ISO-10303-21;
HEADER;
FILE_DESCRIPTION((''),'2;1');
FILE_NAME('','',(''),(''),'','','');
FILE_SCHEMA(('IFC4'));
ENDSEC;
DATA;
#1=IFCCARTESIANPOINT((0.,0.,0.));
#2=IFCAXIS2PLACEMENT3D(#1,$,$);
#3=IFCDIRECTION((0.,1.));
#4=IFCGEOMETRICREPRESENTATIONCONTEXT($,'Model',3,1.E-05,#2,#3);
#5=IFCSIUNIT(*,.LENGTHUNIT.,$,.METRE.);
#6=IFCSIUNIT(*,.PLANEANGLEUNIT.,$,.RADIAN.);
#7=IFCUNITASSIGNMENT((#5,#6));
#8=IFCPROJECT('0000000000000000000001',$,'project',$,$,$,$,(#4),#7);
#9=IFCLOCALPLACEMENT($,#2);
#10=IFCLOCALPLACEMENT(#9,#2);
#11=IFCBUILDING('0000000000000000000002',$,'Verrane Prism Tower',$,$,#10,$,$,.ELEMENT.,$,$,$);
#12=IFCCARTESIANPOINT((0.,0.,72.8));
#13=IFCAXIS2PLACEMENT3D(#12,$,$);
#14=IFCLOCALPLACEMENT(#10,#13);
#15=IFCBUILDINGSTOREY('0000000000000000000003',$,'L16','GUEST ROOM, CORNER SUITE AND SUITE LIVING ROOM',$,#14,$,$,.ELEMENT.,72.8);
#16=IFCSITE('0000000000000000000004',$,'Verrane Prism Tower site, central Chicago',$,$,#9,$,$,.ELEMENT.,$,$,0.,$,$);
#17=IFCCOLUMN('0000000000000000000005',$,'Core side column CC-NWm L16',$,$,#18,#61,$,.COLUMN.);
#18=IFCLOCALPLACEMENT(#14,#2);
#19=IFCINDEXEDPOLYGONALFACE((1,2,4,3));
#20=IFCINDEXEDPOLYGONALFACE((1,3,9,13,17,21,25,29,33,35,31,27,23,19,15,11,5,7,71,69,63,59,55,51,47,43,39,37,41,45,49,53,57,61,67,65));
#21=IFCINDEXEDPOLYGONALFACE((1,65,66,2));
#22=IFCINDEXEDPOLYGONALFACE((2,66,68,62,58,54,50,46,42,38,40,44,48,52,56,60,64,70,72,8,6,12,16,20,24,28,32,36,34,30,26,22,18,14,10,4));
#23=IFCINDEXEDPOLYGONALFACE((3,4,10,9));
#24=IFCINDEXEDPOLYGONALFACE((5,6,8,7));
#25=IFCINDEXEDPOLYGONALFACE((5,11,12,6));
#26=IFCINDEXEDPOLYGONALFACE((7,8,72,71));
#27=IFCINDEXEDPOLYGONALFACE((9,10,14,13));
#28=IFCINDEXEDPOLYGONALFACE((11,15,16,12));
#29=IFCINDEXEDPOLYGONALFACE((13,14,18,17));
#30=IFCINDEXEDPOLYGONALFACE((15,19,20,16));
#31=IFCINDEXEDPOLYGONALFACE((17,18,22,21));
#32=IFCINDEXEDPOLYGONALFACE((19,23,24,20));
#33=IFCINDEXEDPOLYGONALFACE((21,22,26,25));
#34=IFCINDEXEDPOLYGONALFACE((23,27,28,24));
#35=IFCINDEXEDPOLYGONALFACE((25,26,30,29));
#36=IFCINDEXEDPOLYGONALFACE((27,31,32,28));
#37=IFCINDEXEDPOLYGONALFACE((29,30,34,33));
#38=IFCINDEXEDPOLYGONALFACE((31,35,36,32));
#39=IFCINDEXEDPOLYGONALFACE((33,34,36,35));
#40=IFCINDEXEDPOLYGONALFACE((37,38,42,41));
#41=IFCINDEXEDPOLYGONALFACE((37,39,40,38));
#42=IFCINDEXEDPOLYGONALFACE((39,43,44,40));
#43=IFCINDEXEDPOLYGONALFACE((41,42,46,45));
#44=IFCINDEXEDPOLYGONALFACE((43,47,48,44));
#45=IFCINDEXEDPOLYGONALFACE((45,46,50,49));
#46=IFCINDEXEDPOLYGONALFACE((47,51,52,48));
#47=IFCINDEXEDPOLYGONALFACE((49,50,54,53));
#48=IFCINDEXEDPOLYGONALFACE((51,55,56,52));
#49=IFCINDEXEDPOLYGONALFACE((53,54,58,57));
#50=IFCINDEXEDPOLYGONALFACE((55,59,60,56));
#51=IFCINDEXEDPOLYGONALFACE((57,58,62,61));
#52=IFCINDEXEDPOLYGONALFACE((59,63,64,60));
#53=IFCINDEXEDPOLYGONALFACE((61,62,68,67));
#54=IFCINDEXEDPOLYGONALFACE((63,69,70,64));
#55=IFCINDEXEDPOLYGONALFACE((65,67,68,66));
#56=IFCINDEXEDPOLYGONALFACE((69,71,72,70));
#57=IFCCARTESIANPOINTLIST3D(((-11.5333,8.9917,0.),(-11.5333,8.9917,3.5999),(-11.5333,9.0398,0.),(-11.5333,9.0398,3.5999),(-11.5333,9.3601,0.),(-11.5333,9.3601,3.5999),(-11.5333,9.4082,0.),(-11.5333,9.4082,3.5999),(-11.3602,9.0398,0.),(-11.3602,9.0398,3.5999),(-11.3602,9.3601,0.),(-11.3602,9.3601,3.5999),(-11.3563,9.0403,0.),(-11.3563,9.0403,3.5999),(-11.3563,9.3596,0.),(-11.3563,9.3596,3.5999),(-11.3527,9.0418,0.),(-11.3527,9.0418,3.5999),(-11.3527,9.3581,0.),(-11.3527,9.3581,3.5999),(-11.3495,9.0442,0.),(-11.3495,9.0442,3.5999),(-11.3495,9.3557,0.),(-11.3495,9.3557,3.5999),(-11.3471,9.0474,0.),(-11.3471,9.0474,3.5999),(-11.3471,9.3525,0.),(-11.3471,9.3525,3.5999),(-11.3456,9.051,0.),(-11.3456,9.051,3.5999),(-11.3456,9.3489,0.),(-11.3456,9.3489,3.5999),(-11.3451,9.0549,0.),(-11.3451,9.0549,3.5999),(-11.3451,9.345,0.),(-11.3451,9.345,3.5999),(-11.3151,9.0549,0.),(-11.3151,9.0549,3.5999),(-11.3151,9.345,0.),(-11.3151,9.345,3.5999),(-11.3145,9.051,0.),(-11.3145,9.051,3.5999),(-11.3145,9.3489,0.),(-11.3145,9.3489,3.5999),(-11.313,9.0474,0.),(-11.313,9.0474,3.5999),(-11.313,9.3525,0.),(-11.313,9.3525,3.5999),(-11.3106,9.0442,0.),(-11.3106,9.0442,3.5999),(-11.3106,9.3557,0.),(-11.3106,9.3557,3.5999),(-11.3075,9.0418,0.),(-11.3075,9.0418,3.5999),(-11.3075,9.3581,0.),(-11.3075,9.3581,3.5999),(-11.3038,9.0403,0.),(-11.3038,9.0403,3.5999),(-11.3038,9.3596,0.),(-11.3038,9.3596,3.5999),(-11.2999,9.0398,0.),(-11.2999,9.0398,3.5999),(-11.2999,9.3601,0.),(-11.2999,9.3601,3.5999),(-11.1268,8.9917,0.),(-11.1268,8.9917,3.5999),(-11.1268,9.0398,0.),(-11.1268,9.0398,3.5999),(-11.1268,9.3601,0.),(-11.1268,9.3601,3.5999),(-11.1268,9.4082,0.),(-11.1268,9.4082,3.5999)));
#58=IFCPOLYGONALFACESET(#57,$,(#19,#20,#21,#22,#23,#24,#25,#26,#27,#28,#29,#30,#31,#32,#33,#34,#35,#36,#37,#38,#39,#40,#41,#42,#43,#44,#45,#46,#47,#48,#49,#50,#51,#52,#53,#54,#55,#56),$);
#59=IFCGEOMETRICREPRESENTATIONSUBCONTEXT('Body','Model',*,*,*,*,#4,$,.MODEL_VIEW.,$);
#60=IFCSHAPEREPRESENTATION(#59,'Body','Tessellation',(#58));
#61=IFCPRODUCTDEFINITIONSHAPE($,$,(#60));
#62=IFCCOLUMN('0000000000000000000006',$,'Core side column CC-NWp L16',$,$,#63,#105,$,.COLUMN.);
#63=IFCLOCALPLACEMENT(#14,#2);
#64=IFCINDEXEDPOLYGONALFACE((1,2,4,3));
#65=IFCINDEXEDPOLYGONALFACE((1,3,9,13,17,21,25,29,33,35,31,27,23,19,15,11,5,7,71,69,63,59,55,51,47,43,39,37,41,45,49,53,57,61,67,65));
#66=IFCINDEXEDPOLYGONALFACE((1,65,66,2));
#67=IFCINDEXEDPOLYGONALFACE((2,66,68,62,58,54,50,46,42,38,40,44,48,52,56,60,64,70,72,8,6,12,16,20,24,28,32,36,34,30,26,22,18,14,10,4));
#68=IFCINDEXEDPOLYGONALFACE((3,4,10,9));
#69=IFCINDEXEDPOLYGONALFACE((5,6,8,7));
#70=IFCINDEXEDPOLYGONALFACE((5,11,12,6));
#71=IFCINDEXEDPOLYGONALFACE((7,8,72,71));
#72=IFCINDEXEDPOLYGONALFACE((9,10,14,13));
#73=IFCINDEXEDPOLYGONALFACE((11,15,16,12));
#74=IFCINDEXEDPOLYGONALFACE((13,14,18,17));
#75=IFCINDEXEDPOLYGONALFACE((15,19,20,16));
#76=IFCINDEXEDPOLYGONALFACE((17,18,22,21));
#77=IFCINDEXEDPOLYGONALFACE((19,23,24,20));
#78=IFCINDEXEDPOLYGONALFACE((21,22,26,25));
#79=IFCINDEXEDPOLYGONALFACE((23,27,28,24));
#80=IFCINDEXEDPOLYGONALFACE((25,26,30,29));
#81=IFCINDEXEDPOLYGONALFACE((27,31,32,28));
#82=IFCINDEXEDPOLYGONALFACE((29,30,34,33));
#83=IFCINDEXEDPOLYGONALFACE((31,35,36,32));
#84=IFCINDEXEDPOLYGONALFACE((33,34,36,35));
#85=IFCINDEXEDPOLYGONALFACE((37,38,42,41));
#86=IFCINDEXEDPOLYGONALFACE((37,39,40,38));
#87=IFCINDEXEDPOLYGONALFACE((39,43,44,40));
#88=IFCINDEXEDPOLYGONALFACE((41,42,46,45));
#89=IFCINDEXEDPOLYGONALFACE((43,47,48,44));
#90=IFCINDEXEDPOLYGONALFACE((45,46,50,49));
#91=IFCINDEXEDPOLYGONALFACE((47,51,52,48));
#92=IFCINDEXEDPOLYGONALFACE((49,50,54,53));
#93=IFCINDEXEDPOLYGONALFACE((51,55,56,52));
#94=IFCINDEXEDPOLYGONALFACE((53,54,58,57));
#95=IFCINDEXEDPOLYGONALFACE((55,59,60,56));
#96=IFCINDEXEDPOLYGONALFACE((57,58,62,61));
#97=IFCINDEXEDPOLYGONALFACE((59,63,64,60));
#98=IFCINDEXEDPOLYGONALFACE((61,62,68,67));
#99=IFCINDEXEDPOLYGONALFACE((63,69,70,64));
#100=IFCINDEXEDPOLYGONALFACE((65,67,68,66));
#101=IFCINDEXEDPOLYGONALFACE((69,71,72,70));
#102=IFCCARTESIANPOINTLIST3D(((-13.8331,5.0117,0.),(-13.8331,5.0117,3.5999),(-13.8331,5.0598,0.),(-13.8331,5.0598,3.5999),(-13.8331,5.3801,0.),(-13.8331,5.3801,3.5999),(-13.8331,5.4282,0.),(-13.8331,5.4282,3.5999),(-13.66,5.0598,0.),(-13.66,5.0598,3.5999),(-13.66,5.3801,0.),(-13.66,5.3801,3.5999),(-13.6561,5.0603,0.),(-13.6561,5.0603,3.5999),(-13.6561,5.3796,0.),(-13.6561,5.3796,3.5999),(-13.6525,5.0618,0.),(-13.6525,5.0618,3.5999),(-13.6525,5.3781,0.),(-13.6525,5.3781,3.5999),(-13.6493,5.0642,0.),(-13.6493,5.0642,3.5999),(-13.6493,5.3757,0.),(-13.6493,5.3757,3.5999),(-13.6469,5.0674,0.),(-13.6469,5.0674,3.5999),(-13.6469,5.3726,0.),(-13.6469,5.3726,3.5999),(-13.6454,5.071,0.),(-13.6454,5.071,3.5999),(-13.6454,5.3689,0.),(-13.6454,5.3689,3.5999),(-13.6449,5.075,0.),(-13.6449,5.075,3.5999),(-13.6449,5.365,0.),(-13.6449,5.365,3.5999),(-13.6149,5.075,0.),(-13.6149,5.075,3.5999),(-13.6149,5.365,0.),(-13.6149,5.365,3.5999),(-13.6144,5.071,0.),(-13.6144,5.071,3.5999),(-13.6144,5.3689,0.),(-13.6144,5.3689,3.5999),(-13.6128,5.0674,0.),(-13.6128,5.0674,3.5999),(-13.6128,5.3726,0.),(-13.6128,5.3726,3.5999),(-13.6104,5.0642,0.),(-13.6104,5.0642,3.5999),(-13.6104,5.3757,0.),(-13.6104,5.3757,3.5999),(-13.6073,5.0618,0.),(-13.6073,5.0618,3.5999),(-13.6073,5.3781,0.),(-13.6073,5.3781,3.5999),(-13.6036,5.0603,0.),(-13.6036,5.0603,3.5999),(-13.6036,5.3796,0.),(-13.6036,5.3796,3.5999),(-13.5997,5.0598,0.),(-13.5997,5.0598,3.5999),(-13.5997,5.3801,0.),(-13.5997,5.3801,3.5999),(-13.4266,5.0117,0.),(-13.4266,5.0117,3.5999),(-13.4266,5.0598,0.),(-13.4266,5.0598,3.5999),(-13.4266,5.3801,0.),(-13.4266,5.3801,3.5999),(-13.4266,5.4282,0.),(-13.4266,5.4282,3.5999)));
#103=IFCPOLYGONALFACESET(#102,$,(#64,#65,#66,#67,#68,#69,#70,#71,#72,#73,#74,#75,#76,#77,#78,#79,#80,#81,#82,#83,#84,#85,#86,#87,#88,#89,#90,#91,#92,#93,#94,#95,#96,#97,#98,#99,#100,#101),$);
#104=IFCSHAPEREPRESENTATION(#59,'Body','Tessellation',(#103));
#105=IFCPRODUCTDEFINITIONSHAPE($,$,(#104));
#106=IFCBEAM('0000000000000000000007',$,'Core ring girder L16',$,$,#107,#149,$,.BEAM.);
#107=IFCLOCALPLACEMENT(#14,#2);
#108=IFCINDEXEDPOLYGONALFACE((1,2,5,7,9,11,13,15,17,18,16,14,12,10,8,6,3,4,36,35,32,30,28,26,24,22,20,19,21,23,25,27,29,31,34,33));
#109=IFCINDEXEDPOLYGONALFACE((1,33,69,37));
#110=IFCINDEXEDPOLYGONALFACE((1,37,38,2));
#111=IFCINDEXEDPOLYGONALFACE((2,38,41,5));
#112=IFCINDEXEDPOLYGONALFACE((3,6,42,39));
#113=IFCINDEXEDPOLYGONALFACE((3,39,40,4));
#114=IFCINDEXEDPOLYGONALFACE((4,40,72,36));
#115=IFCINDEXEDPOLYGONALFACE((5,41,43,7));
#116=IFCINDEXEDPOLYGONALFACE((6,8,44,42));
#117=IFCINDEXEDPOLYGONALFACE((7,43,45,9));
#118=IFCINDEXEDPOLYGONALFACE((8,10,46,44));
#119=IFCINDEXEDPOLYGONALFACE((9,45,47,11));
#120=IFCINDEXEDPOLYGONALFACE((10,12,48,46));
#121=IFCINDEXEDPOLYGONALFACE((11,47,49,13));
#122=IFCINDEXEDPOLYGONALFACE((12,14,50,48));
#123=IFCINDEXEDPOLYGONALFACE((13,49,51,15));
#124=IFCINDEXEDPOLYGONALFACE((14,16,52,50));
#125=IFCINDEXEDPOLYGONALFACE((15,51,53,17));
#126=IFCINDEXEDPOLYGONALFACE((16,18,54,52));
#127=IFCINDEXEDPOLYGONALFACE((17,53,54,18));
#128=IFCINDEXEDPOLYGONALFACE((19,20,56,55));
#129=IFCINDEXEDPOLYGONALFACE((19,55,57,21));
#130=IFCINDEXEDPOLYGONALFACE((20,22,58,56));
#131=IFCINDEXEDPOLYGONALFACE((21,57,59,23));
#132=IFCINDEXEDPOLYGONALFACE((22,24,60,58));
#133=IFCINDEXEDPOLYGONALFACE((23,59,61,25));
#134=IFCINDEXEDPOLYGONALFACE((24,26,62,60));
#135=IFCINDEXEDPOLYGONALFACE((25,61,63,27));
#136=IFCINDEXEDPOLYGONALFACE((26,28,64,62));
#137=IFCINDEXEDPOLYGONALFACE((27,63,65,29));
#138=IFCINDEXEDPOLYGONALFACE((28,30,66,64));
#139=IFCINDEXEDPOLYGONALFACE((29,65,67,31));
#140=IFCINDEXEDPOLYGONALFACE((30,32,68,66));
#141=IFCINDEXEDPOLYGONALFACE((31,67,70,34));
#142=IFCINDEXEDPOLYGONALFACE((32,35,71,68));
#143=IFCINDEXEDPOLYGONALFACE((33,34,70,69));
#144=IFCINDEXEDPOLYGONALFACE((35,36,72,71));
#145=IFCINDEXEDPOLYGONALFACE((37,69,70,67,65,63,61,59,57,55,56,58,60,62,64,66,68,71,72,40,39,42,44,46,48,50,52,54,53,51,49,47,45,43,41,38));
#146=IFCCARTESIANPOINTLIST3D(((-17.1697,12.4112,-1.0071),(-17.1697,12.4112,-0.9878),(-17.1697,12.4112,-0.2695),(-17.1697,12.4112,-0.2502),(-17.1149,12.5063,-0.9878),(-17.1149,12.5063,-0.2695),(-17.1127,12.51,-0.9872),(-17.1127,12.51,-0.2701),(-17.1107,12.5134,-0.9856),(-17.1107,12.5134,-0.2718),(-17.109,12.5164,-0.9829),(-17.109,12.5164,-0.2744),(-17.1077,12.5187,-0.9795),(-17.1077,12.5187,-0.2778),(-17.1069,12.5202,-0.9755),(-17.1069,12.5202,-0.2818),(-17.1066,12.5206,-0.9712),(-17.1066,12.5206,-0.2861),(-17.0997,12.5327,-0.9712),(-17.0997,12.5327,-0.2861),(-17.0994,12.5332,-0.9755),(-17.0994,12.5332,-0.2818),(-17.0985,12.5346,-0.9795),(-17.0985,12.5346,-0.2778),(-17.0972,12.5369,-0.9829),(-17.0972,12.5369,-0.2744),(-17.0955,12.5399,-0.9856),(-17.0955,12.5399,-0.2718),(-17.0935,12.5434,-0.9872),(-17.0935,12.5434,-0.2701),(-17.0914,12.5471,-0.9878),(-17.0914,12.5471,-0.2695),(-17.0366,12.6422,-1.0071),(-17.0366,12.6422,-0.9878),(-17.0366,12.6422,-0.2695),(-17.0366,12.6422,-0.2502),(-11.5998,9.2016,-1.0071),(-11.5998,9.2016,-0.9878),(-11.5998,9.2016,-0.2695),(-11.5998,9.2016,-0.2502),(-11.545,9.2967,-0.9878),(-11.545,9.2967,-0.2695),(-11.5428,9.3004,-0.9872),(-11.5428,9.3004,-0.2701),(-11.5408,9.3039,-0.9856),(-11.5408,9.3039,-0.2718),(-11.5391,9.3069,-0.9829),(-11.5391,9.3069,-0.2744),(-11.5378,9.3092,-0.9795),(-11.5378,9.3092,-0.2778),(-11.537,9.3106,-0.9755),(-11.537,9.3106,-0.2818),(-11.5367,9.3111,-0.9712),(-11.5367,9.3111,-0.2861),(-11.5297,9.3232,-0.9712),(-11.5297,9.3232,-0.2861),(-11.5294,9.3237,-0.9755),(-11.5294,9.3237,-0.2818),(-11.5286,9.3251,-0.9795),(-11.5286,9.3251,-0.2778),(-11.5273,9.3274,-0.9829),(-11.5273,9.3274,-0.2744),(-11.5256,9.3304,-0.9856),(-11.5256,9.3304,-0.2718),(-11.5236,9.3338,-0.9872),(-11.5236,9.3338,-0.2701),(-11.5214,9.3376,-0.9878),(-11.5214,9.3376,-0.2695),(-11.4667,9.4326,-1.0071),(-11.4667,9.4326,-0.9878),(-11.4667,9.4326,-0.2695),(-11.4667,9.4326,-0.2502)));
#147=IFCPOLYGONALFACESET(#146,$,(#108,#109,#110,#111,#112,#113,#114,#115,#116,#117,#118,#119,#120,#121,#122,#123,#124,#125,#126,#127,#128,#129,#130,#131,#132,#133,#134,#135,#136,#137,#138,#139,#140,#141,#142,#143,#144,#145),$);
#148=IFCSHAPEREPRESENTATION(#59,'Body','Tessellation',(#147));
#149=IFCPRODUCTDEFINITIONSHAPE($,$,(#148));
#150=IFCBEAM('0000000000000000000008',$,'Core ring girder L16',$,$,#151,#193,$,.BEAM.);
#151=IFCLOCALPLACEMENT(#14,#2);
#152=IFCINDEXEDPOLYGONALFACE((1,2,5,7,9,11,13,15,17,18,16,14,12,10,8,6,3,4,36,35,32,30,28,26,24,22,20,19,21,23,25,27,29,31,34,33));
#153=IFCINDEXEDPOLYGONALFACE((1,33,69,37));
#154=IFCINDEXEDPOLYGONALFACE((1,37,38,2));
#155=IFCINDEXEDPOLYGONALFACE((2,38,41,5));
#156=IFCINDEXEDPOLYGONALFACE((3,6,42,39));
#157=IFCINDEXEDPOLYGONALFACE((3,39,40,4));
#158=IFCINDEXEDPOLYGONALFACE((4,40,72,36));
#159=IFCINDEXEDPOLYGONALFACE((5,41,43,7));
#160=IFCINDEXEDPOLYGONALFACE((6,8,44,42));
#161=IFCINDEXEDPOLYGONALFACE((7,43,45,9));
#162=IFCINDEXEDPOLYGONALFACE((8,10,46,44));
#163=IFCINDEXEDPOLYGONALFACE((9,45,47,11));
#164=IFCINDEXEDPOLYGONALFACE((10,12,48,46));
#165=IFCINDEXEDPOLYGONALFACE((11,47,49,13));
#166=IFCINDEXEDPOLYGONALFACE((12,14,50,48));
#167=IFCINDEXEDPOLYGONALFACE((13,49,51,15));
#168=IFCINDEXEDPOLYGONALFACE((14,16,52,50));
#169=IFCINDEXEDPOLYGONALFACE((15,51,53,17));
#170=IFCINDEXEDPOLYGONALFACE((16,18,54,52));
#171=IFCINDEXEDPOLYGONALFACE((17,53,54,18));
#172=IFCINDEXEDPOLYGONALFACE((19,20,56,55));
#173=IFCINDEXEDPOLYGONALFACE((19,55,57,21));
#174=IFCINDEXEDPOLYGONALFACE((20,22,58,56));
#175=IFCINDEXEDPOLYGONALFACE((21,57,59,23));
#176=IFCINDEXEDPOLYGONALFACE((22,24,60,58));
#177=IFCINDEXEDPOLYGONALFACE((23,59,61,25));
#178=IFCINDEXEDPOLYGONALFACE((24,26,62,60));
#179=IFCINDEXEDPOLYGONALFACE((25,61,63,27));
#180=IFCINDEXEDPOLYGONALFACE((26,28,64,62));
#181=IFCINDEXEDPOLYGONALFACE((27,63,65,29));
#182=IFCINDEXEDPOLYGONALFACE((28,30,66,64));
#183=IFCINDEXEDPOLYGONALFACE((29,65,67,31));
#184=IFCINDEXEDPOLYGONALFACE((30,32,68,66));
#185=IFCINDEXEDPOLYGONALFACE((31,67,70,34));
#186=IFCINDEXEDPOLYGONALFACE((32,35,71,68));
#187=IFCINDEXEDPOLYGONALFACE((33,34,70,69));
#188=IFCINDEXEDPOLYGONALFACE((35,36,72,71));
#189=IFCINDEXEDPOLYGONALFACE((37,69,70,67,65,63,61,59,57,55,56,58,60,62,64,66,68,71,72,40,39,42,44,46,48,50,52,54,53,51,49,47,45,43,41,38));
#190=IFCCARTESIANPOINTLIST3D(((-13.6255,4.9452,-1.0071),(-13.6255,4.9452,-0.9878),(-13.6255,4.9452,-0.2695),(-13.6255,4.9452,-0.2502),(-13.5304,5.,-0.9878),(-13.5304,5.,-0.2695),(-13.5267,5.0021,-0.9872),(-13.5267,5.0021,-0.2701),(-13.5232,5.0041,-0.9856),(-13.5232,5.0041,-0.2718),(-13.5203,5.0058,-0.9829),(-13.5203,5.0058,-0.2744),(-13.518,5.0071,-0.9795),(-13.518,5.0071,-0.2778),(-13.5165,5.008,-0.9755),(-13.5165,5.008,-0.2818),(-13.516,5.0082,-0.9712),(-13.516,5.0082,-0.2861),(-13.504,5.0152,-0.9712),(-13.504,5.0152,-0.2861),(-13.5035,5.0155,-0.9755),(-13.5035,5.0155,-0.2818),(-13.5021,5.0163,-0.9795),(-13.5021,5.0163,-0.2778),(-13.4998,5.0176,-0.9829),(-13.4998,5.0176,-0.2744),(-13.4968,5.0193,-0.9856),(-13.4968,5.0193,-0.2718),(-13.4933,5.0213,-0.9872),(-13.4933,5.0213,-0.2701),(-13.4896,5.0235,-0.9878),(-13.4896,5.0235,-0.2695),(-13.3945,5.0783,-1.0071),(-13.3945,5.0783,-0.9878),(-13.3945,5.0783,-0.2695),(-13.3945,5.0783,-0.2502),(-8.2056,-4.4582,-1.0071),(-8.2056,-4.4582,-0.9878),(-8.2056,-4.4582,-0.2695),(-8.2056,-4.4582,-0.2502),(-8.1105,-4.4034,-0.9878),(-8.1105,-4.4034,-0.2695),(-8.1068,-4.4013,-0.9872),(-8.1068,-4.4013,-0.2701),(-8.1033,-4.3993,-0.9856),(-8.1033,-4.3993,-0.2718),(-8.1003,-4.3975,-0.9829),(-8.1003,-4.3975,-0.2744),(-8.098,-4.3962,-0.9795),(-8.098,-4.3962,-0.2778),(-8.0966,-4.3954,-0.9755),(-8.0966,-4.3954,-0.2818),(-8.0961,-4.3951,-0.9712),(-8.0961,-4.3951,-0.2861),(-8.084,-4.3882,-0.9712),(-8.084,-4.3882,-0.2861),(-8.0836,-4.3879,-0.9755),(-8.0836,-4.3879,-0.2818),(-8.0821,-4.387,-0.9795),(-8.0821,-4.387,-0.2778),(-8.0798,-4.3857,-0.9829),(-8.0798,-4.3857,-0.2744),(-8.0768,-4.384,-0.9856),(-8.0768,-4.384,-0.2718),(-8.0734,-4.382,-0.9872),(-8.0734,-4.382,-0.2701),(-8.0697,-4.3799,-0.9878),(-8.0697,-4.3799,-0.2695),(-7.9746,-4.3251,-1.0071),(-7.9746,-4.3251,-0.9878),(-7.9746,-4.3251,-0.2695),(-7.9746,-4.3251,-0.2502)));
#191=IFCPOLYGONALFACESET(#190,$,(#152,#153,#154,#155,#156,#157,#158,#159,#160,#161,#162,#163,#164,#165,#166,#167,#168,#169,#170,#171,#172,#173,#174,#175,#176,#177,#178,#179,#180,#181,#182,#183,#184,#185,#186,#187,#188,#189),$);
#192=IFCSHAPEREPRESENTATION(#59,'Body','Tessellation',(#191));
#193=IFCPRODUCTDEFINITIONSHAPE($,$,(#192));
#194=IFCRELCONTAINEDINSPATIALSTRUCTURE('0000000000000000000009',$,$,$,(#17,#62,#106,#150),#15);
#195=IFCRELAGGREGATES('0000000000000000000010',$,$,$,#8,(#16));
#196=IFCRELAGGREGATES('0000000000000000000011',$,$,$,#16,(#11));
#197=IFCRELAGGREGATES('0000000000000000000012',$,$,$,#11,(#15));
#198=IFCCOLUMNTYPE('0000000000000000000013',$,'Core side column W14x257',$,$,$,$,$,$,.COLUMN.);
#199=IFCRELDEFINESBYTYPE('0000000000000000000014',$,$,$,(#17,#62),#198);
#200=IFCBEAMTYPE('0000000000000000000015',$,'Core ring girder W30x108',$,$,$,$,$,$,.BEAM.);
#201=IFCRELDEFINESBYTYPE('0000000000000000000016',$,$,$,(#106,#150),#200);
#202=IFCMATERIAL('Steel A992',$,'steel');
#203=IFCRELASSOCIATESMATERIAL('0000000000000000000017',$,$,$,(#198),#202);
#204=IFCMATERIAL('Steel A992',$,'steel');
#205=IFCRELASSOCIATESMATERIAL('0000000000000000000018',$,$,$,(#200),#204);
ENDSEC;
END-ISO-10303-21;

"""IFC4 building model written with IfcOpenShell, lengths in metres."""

from ifc_helpers import new_model, si_unit, direction, frame, origin, origin_2d, place, context, subcontext, project, spatial, i_section, extrude, material, material_profile, profile_set, type_object, element, save


model = new_model("IFC4")

# Units and contexts
model_context = context("Model", 3, precision=1e-05, world=origin(), true_north=direction((0.0, 1.0)))
body_context = subcontext(model_context, "Body", "Model", "MODEL_VIEW")
ifc_project = project(units=[si_unit("LENGTHUNIT", "METRE"), si_unit("PLANEANGLEUNIT", "RADIAN")], contexts=[model_context])

# Site, building, storey
site_placement = place(None, origin())
site = spatial("IfcSite", under=ifc_project, at=site_placement, Name="Verrane Prism Tower site, central Chicago", CompositionType="ELEMENT", RefElevation=0.0)
building_placement = place(site_placement, origin())
building = spatial("IfcBuilding", under=site, at=building_placement, Name="Verrane Prism Tower", CompositionType="ELEMENT")
storey_placement = place(building_placement, frame((0.0, 0.0, 72.8)))
storey = spatial("IfcBuildingStorey", under=building, at=storey_placement, Name="L16", Description="GUEST ROOM, CORNER SUITE AND SUITE LIVING ROOM", CompositionType="ELEMENT", Elevation=72.8)

# Columns
ifc_material_1 = material(Name="Steel A992", Category="steel")
ifc_material_profile_1 = material_profile(ifc_material_1, i_section(OverallWidth=0.4065, OverallDepth=0.4165, WebThickness=0.03, FlangeThickness=0.0481, FilletRadius=0.0151, at=origin_2d()), Name="W14x257")
ifc_profile_set_1 = profile_set([ifc_material_profile_1], Name="Steel A992")
column_type = type_object("IfcColumnType", Name="Core side column W14x257", PredefinedType="COLUMN", material=ifc_profile_set_1)
for number, where, z_axis, x_axis, name in (
    (1, (-11.3301, 9.2, 0.0), (0.0, 0.0, 1.0), (1.0, 0.0, 0.0), "Core side column CC-NWm L16"),
    (2, (-13.6299, 5.22, 0.0), (0.0, 0.0, 1.0), (1.0, 0.0, 0.0), "Core side column CC-NWp L16"),
):
    element("IfcColumn", number, at=place(storey_placement, frame(where, z_axis=z_axis, x_axis=x_axis)), inside=storey, type_object=column_type, Name=name, PredefinedType="COLUMN", context=body_context, shape_type="SweptSolid", body=[
        extrude(i_section(OverallWidth=0.4065, OverallDepth=0.4165, WebThickness=0.03, FlangeThickness=0.0481, FilletRadius=0.0151, at=origin_2d()), origin(), (0.0, 0.0, 1.0), 3.5999),
    ])

# Beams
ifc_material_2 = material(Name="Steel A992", Category="steel")
ifc_material_profile_2 = material_profile(ifc_material_2, i_section(OverallWidth=0.2666, OverallDepth=0.7568, WebThickness=0.0139, FlangeThickness=0.0193, FilletRadius=0.0166, at=origin_2d()), Name="W30x108")
ifc_profile_set_2 = profile_set([ifc_material_profile_2], Name="Steel A992")
beam_type_1 = type_object("IfcBeamType", Name="Core ring girder W30x108", PredefinedType="BEAM", material=ifc_profile_set_2)
beam_1_placement = place(storey_placement, frame((-11.5332, 9.3171, -0.6287), z_axis=(-0.866447, 0.499269, 0.0), x_axis=(-0.499269, -0.866447, 0.0)))
element("IfcBeam", 3, at=beam_1_placement, inside=storey, type_object=beam_type_1, Name="Core ring girder L16", PredefinedType="BEAM", context=body_context, shape_type="SweptSolid", body=[
    extrude(i_section(OverallWidth=0.2666, OverallDepth=0.7568, WebThickness=0.0139, FlangeThickness=0.0193, FilletRadius=0.0166, at=origin_2d()), origin(), (0.0, 0.0, 1.0), 6.4285),
])
beam_2_placement = place(storey_placement, frame((-13.51, 5.0117, -0.6287), z_axis=(0.499372, -0.866388, 0.0), x_axis=(0.866388, 0.499372, 0.0)))
element("IfcBeam", 4, at=beam_2_placement, inside=storey, type_object=beam_type_1, Name="Core ring girder L16", PredefinedType="BEAM", context=body_context, shape_type="SweptSolid", body=[
    extrude(i_section(OverallWidth=0.2666, OverallDepth=0.7568, WebThickness=0.0139, FlangeThickness=0.0193, FilletRadius=0.0166, at=origin_2d()), origin(), (0.0, 0.0, 1.0), 10.8535),
])

save(model, "model.ifc")
